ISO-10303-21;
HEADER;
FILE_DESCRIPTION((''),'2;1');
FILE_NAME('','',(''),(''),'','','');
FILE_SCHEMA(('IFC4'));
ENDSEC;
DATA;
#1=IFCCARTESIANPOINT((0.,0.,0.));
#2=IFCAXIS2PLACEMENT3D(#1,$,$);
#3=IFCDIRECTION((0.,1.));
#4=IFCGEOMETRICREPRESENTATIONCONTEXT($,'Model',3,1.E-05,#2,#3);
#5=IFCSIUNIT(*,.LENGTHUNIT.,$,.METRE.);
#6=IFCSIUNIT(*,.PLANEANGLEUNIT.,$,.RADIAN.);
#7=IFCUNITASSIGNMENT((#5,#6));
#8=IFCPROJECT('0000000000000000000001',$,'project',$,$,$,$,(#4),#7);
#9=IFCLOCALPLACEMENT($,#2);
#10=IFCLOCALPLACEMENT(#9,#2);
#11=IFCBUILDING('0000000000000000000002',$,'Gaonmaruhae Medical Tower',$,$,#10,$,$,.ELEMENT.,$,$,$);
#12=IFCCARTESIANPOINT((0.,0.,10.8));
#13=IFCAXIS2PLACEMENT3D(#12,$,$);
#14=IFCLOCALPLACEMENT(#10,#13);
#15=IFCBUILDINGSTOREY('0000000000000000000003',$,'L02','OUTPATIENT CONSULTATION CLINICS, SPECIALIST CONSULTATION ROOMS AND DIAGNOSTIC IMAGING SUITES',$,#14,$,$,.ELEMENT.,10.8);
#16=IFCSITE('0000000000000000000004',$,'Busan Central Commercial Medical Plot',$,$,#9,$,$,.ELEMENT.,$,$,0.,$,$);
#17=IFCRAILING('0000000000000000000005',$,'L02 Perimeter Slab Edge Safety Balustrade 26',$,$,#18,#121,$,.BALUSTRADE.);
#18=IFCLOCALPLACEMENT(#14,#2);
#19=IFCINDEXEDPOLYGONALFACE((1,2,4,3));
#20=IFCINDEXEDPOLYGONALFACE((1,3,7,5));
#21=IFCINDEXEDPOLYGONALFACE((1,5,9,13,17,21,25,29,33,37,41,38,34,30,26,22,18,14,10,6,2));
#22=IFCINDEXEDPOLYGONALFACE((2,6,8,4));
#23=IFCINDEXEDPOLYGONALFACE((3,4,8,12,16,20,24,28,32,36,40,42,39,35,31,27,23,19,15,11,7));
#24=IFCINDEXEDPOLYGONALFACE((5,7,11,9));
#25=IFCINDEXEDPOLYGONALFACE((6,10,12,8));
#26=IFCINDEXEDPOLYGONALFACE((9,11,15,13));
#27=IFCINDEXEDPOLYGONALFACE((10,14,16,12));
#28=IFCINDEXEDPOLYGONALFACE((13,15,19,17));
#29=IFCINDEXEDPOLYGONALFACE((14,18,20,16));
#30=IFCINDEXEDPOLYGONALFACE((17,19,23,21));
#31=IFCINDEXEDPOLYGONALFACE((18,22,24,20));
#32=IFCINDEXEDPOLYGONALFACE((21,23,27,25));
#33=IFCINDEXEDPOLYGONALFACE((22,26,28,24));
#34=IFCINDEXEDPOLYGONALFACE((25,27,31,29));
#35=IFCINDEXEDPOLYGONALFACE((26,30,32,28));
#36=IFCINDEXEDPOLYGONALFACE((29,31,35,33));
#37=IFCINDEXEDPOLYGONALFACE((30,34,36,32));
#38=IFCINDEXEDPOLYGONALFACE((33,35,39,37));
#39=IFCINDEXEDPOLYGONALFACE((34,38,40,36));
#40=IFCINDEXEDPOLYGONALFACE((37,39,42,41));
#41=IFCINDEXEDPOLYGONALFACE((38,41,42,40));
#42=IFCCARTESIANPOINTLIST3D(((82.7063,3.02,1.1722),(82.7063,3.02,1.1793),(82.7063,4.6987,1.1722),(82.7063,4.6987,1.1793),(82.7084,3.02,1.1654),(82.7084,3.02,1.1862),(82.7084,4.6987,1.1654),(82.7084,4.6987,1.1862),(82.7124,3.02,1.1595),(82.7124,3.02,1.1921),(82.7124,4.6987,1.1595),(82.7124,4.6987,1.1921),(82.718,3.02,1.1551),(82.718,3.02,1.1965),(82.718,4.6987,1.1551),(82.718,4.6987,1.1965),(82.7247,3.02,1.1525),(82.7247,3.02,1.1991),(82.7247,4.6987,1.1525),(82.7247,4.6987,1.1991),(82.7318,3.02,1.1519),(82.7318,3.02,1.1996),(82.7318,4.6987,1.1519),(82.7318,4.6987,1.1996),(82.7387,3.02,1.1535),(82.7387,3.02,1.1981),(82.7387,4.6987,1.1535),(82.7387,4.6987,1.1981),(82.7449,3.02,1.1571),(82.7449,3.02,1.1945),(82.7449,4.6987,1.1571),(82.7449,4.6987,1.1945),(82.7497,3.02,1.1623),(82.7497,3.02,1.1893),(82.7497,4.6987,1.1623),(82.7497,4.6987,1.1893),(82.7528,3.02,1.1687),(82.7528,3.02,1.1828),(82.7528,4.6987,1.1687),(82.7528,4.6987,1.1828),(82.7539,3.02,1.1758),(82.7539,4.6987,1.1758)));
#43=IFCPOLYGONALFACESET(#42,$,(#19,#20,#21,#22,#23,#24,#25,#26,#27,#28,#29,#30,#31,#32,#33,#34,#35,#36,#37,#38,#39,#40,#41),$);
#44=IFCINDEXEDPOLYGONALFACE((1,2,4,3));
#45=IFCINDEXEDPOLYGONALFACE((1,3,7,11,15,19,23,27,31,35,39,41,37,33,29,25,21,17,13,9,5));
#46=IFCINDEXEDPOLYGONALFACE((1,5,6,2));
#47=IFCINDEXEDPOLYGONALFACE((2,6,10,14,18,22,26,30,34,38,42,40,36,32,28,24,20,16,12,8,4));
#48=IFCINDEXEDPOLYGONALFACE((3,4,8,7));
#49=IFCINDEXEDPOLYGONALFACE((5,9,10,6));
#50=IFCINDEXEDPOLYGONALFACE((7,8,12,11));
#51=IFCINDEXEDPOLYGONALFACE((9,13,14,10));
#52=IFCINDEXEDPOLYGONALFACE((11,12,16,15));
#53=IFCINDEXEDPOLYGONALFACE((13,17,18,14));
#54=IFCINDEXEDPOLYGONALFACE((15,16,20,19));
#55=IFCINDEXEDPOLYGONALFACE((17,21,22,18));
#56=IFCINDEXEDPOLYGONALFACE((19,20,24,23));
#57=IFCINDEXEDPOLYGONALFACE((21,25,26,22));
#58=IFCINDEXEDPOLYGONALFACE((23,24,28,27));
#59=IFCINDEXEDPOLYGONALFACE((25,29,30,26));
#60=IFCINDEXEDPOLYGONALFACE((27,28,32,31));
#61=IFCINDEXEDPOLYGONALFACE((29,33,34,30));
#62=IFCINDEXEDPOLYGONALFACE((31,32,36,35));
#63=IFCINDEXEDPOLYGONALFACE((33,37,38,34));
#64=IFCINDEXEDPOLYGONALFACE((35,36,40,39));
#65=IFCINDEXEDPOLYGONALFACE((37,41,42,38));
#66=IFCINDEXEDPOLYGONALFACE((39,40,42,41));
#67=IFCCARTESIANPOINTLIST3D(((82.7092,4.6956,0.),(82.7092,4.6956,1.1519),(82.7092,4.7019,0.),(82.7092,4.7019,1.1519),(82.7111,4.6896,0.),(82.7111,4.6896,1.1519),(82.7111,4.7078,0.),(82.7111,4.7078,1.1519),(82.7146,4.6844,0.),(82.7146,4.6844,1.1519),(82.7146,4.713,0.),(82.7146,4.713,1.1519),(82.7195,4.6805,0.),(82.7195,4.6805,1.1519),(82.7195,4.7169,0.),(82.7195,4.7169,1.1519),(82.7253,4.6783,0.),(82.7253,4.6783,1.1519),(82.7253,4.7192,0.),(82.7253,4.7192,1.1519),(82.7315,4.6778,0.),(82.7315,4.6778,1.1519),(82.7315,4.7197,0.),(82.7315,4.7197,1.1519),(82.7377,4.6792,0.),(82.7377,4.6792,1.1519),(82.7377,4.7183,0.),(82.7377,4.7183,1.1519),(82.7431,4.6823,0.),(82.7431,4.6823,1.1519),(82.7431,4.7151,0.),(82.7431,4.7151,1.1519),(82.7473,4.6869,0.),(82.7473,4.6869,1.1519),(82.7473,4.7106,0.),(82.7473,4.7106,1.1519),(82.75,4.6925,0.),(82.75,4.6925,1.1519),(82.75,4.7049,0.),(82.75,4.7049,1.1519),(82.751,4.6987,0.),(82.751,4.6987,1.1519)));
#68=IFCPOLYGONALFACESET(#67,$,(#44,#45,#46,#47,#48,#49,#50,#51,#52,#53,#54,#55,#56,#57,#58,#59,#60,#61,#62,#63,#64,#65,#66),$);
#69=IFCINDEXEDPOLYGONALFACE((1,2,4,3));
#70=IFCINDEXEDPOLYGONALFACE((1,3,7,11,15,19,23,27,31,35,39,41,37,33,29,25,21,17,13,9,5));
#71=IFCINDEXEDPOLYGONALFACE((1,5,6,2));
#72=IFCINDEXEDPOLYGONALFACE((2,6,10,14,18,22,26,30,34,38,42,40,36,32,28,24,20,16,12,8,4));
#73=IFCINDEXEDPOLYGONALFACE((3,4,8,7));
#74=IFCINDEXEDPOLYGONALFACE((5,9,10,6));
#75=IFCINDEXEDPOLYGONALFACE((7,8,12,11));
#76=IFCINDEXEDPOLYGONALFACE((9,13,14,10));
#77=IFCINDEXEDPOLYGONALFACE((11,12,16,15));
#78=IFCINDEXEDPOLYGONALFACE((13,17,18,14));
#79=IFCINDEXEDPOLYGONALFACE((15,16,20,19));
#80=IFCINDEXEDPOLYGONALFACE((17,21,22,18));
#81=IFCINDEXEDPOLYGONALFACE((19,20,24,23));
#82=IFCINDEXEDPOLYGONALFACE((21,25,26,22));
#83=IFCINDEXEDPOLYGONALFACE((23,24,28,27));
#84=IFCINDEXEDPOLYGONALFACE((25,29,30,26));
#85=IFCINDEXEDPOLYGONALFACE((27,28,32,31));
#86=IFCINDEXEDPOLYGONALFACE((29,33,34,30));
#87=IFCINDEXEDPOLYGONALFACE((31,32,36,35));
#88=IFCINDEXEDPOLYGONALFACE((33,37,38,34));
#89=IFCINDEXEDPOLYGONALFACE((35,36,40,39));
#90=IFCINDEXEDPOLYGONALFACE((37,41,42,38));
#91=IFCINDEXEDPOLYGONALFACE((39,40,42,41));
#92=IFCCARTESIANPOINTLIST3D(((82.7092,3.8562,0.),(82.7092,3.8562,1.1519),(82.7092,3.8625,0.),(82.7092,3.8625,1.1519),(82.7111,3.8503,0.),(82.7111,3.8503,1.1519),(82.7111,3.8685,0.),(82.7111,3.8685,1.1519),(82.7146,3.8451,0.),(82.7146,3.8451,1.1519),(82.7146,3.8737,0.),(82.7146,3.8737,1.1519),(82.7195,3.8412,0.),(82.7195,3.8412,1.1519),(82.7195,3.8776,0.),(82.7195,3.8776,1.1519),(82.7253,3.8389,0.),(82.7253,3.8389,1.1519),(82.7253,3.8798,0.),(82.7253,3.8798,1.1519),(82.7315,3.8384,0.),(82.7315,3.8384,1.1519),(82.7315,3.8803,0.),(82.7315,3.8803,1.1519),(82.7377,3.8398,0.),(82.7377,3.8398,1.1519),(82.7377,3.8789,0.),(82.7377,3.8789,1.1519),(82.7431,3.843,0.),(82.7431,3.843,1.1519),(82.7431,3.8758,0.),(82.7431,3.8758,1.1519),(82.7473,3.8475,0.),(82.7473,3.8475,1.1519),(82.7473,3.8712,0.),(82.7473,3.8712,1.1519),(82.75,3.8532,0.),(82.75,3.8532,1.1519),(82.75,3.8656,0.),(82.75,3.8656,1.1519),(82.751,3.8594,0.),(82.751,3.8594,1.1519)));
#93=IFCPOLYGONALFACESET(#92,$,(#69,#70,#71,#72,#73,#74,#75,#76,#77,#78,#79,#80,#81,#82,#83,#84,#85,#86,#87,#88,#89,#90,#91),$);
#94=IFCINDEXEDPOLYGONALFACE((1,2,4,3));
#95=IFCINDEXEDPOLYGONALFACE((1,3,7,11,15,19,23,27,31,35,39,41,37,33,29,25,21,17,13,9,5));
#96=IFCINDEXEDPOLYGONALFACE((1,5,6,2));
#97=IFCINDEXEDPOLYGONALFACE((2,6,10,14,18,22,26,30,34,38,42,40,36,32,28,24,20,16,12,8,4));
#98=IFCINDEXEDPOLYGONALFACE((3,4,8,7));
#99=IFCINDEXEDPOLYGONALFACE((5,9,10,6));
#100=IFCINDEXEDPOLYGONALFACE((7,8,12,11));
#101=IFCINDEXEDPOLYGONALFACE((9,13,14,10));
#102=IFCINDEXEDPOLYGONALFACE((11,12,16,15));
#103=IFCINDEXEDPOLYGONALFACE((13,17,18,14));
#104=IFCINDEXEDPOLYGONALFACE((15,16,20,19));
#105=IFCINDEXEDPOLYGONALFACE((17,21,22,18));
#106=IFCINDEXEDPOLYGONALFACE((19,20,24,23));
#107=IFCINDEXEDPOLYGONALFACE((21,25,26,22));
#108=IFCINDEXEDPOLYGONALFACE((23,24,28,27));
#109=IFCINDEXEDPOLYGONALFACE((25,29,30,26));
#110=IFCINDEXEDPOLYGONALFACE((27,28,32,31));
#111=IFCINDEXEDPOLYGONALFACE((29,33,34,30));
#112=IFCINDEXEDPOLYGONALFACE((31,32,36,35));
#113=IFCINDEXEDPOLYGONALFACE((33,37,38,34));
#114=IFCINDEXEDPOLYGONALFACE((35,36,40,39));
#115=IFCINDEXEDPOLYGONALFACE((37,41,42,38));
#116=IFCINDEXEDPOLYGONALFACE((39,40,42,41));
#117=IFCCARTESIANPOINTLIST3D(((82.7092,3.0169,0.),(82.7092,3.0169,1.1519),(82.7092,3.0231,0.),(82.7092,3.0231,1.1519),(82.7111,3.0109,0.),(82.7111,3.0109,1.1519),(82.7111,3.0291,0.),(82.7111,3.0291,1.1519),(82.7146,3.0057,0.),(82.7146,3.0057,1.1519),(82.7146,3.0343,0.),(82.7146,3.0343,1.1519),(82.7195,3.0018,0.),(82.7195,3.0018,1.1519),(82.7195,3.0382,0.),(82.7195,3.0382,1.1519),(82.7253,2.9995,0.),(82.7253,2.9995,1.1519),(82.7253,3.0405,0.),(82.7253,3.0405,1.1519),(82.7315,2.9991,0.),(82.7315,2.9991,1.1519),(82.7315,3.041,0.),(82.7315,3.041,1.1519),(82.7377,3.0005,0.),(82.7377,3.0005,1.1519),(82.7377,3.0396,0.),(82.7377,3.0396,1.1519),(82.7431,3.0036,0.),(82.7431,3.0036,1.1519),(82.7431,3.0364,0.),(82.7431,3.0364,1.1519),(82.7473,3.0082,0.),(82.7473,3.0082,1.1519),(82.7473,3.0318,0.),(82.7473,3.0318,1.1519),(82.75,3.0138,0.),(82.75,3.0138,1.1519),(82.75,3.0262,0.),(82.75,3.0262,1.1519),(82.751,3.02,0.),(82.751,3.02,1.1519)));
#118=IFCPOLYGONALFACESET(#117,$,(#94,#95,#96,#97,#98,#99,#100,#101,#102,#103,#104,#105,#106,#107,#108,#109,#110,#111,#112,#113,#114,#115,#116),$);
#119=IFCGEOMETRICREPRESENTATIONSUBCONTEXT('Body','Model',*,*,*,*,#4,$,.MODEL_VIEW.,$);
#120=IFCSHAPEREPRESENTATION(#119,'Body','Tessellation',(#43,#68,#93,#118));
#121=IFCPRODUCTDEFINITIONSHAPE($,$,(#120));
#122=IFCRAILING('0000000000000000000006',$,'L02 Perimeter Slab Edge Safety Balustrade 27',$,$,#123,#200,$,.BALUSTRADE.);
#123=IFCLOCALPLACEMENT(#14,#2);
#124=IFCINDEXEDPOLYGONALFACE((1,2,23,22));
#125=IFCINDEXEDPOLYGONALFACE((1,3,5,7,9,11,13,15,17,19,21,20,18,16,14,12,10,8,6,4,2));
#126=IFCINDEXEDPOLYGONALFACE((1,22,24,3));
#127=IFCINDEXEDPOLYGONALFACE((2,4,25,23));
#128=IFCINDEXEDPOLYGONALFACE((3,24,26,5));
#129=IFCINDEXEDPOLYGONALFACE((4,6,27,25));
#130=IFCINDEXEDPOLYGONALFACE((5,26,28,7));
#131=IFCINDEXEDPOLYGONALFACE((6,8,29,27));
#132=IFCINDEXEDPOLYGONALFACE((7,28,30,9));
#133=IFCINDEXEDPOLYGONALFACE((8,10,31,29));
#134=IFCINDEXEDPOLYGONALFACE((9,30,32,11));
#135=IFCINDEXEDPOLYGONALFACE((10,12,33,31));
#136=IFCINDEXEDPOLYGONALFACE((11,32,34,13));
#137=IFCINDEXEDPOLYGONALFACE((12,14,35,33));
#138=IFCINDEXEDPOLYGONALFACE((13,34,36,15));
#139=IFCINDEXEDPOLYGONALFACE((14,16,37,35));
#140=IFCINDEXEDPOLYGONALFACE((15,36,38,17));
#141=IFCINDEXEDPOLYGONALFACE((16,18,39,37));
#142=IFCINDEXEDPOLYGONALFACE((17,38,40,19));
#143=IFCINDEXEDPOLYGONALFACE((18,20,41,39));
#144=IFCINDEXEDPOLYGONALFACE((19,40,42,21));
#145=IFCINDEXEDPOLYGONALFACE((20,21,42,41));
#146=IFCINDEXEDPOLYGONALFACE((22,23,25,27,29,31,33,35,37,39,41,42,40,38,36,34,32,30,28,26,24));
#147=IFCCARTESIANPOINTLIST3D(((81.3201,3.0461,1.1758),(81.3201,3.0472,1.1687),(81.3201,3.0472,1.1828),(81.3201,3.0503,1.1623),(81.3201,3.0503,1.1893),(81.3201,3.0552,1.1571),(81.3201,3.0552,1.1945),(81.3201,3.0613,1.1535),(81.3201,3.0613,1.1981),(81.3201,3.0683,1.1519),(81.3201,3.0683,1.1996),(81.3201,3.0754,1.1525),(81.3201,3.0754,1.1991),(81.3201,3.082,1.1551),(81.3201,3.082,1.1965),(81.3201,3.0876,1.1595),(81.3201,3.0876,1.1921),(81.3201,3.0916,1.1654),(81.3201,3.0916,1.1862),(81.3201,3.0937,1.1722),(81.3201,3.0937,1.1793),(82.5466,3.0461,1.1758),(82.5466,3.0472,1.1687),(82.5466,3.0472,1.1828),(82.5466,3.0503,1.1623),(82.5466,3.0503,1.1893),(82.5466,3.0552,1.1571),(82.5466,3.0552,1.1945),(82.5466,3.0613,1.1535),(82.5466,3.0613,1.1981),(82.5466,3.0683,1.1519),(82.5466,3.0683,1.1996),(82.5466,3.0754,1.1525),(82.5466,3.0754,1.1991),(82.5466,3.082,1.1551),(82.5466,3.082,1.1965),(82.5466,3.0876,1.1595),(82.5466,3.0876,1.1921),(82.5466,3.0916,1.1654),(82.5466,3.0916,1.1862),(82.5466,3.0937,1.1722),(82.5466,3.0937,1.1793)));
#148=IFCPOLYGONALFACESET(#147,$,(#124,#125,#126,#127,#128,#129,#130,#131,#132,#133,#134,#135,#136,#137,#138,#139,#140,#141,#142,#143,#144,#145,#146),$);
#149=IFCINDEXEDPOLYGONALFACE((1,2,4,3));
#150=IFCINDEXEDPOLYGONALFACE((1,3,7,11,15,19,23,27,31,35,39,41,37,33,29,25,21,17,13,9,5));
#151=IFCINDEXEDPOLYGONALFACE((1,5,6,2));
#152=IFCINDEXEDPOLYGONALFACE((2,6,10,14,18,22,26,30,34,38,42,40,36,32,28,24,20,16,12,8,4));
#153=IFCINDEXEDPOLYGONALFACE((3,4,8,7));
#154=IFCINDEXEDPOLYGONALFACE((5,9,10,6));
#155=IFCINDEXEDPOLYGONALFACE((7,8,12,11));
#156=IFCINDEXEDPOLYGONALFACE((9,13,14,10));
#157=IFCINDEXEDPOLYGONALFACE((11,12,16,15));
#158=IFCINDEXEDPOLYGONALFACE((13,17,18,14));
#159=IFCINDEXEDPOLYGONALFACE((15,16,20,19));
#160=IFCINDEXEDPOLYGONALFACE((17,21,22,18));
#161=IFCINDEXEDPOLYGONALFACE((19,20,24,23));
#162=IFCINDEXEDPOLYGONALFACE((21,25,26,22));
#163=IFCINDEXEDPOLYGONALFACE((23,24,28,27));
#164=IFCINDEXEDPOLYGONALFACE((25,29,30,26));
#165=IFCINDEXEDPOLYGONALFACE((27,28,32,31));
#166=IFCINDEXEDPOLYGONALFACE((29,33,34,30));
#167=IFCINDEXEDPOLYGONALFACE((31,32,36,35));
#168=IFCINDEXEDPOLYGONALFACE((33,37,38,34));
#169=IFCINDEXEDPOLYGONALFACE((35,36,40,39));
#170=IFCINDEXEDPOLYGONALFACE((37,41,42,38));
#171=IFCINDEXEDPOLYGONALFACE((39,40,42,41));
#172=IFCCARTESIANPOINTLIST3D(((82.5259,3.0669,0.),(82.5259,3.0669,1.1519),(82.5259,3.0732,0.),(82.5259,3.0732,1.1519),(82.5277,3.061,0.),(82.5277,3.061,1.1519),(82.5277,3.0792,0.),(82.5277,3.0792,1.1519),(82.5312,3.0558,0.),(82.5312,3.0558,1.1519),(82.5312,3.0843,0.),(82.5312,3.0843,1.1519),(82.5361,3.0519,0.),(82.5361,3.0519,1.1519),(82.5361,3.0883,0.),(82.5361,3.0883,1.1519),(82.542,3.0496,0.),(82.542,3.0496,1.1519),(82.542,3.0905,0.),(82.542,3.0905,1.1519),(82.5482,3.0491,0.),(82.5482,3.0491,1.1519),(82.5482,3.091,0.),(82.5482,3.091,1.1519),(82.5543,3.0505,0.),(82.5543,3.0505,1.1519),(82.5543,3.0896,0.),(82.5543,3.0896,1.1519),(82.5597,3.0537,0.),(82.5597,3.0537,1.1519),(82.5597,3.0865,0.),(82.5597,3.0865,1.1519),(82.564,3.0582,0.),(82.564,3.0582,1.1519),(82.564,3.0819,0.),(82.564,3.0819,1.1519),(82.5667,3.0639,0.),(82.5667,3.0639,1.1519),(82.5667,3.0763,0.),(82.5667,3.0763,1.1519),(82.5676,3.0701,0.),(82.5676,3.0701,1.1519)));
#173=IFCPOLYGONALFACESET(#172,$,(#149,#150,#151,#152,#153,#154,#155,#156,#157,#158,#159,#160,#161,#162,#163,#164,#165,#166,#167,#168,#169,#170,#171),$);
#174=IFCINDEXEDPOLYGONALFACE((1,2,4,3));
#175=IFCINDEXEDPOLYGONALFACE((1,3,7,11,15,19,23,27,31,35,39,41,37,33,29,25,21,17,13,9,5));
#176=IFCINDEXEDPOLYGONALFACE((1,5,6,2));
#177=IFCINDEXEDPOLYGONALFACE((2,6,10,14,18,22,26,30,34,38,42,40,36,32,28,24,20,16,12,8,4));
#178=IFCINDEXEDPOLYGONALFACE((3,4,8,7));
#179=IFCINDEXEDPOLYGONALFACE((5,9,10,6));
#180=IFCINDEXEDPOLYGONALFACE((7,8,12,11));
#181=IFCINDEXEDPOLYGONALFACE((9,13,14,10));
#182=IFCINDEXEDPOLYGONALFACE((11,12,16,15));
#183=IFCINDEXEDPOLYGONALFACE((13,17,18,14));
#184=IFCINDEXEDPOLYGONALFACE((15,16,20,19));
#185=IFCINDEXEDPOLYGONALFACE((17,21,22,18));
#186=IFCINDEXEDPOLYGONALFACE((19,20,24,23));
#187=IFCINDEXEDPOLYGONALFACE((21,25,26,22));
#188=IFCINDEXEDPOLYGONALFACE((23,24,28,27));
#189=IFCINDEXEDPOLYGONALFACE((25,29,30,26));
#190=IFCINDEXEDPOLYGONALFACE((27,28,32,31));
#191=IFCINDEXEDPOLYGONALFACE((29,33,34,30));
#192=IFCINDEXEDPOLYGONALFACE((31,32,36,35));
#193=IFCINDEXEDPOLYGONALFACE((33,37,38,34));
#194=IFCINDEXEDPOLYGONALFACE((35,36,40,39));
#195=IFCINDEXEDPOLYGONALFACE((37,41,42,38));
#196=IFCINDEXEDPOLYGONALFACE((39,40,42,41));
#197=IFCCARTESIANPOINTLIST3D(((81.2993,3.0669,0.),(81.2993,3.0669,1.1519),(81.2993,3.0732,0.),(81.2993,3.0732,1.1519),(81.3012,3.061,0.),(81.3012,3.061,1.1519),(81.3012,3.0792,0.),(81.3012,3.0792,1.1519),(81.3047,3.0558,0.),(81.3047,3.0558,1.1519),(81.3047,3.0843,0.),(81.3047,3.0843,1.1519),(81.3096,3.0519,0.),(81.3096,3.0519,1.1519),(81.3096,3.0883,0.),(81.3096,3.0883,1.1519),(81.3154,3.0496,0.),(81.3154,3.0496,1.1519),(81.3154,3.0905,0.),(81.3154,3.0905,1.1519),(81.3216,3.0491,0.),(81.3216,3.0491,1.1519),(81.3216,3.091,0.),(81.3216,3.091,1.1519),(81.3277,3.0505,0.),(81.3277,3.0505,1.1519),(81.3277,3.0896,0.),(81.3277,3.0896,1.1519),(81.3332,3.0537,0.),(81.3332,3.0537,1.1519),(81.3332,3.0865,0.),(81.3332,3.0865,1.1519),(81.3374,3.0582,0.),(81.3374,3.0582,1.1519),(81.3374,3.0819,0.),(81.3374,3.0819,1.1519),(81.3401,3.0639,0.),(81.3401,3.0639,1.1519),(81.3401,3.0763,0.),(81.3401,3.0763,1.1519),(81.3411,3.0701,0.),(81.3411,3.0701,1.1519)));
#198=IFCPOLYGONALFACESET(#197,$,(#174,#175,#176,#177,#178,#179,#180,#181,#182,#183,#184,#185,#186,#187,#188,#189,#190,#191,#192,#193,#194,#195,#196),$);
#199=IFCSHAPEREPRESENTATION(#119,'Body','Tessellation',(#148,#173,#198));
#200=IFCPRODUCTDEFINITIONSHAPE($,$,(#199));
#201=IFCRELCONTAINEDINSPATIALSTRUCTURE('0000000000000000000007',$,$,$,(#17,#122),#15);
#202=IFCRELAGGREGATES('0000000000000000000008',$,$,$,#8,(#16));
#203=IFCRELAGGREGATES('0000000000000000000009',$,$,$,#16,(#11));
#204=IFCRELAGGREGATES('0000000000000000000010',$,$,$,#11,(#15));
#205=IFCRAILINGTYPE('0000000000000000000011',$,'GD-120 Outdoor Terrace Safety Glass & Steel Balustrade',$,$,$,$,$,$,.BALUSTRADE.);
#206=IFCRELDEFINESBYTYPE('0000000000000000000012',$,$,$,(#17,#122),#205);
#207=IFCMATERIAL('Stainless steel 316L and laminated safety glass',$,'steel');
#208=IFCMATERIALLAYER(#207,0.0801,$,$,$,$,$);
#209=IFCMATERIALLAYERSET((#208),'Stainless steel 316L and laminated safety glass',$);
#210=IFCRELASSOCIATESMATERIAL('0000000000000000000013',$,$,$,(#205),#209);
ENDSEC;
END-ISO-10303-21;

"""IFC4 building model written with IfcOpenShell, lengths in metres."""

from ifc_helpers import new_model, si_unit, direction, frame, origin, origin_2d, place, context, subcontext, project, spatial, circle, extrude, material, layer, layer_set, type_object, element, save


model = new_model("IFC4")

# Units and contexts
model_context = context("Model", 3, precision=1e-05, world=origin(), true_north=direction((0.0, 1.0)))
body_context = subcontext(model_context, "Body", "Model", "MODEL_VIEW")
ifc_project = project(units=[si_unit("LENGTHUNIT", "METRE"), si_unit("PLANEANGLEUNIT", "RADIAN")], contexts=[model_context])

# Site, building, storey
site_placement = place(None, origin())
site = spatial("IfcSite", under=ifc_project, at=site_placement, Name="Busan Central Commercial Medical Plot", CompositionType="ELEMENT", RefElevation=0.0)
building_placement = place(site_placement, origin())
building = spatial("IfcBuilding", under=site, at=building_placement, Name="Gaonmaruhae Medical Tower", CompositionType="ELEMENT")
storey_placement = place(building_placement, frame((0.0, 0.0, 10.8)))
storey = spatial("IfcBuildingStorey", under=building, at=storey_placement, Name="L02", Description="OUTPATIENT CONSULTATION CLINICS, SPECIALIST CONSULTATION ROOMS AND DIAGNOSTIC IMAGING SUITES", CompositionType="ELEMENT", Elevation=10.8)

# Railings
ifc_material_1 = material(Name="Stainless steel 316L and laminated safety glass", Category="steel")
ifc_layer_1 = layer(ifc_material_1, 0.0801)
ifc_layer_set_1 = layer_set([ifc_layer_1], Name="Stainless steel 316L and laminated safety glass")
railing_type = type_object("IfcRailingType", Name="GD-120 Outdoor Terrace Safety Glass & Steel Balustrade", PredefinedType="BALUSTRADE", material=ifc_layer_set_1)
railing_1_placement = place(storey_placement, frame((82.73, 4.6987, 0.0)))
element("IfcRailing", 1, at=railing_1_placement, inside=storey, type_object=railing_type, Name="L02 Perimeter Slab Edge Safety Balustrade 26", PredefinedType="BALUSTRADE", context=body_context, shape_type="SweptSolid", body=[
    extrude(circle(Radius=0.0239, at=origin_2d()), frame((0.0, 0.0, 1.1758), z_axis=(0.0, -1.0, 0.0), x_axis=(1.0, 0.0, 0.0)), (0.0, 0.0, 1.0), 1.6787),
    extrude(circle(Radius=0.021, at=origin_2d()), origin(), (0.0, 0.0, 1.0), 1.1519),
    extrude(circle(Radius=0.021, at=origin_2d()), frame((0.0, -0.8394, 0.0)), (0.0, 0.0, 1.0), 1.1519),
    extrude(circle(Radius=0.021, at=origin_2d()), frame((0.0, -1.6787, 0.0)), (0.0, 0.0, 1.0), 1.1519),
])
railing_2_placement = place(storey_placement, frame((82.5466, 3.0701, 0.0)))
element("IfcRailing", 2, at=railing_2_placement, inside=storey, type_object=railing_type, Name="L02 Perimeter Slab Edge Safety Balustrade 27", PredefinedType="BALUSTRADE", context=body_context, shape_type="SweptSolid", body=[
    extrude(circle(Radius=0.0239, at=origin_2d()), frame((0.0, 0.0, 1.1758), z_axis=(-1.0, 0.0, 0.0), x_axis=(0.0, -1.0, 0.0)), (0.0, 0.0, 1.0), 1.2266),
    extrude(circle(Radius=0.021, at=origin_2d()), origin(), (0.0, 0.0, 1.0), 1.1519),
    extrude(circle(Radius=0.021, at=origin_2d()), frame((-1.2266, 0.0, 0.0)), (0.0, 0.0, 1.0), 1.1519),
])

save(model, "model.ifc")
